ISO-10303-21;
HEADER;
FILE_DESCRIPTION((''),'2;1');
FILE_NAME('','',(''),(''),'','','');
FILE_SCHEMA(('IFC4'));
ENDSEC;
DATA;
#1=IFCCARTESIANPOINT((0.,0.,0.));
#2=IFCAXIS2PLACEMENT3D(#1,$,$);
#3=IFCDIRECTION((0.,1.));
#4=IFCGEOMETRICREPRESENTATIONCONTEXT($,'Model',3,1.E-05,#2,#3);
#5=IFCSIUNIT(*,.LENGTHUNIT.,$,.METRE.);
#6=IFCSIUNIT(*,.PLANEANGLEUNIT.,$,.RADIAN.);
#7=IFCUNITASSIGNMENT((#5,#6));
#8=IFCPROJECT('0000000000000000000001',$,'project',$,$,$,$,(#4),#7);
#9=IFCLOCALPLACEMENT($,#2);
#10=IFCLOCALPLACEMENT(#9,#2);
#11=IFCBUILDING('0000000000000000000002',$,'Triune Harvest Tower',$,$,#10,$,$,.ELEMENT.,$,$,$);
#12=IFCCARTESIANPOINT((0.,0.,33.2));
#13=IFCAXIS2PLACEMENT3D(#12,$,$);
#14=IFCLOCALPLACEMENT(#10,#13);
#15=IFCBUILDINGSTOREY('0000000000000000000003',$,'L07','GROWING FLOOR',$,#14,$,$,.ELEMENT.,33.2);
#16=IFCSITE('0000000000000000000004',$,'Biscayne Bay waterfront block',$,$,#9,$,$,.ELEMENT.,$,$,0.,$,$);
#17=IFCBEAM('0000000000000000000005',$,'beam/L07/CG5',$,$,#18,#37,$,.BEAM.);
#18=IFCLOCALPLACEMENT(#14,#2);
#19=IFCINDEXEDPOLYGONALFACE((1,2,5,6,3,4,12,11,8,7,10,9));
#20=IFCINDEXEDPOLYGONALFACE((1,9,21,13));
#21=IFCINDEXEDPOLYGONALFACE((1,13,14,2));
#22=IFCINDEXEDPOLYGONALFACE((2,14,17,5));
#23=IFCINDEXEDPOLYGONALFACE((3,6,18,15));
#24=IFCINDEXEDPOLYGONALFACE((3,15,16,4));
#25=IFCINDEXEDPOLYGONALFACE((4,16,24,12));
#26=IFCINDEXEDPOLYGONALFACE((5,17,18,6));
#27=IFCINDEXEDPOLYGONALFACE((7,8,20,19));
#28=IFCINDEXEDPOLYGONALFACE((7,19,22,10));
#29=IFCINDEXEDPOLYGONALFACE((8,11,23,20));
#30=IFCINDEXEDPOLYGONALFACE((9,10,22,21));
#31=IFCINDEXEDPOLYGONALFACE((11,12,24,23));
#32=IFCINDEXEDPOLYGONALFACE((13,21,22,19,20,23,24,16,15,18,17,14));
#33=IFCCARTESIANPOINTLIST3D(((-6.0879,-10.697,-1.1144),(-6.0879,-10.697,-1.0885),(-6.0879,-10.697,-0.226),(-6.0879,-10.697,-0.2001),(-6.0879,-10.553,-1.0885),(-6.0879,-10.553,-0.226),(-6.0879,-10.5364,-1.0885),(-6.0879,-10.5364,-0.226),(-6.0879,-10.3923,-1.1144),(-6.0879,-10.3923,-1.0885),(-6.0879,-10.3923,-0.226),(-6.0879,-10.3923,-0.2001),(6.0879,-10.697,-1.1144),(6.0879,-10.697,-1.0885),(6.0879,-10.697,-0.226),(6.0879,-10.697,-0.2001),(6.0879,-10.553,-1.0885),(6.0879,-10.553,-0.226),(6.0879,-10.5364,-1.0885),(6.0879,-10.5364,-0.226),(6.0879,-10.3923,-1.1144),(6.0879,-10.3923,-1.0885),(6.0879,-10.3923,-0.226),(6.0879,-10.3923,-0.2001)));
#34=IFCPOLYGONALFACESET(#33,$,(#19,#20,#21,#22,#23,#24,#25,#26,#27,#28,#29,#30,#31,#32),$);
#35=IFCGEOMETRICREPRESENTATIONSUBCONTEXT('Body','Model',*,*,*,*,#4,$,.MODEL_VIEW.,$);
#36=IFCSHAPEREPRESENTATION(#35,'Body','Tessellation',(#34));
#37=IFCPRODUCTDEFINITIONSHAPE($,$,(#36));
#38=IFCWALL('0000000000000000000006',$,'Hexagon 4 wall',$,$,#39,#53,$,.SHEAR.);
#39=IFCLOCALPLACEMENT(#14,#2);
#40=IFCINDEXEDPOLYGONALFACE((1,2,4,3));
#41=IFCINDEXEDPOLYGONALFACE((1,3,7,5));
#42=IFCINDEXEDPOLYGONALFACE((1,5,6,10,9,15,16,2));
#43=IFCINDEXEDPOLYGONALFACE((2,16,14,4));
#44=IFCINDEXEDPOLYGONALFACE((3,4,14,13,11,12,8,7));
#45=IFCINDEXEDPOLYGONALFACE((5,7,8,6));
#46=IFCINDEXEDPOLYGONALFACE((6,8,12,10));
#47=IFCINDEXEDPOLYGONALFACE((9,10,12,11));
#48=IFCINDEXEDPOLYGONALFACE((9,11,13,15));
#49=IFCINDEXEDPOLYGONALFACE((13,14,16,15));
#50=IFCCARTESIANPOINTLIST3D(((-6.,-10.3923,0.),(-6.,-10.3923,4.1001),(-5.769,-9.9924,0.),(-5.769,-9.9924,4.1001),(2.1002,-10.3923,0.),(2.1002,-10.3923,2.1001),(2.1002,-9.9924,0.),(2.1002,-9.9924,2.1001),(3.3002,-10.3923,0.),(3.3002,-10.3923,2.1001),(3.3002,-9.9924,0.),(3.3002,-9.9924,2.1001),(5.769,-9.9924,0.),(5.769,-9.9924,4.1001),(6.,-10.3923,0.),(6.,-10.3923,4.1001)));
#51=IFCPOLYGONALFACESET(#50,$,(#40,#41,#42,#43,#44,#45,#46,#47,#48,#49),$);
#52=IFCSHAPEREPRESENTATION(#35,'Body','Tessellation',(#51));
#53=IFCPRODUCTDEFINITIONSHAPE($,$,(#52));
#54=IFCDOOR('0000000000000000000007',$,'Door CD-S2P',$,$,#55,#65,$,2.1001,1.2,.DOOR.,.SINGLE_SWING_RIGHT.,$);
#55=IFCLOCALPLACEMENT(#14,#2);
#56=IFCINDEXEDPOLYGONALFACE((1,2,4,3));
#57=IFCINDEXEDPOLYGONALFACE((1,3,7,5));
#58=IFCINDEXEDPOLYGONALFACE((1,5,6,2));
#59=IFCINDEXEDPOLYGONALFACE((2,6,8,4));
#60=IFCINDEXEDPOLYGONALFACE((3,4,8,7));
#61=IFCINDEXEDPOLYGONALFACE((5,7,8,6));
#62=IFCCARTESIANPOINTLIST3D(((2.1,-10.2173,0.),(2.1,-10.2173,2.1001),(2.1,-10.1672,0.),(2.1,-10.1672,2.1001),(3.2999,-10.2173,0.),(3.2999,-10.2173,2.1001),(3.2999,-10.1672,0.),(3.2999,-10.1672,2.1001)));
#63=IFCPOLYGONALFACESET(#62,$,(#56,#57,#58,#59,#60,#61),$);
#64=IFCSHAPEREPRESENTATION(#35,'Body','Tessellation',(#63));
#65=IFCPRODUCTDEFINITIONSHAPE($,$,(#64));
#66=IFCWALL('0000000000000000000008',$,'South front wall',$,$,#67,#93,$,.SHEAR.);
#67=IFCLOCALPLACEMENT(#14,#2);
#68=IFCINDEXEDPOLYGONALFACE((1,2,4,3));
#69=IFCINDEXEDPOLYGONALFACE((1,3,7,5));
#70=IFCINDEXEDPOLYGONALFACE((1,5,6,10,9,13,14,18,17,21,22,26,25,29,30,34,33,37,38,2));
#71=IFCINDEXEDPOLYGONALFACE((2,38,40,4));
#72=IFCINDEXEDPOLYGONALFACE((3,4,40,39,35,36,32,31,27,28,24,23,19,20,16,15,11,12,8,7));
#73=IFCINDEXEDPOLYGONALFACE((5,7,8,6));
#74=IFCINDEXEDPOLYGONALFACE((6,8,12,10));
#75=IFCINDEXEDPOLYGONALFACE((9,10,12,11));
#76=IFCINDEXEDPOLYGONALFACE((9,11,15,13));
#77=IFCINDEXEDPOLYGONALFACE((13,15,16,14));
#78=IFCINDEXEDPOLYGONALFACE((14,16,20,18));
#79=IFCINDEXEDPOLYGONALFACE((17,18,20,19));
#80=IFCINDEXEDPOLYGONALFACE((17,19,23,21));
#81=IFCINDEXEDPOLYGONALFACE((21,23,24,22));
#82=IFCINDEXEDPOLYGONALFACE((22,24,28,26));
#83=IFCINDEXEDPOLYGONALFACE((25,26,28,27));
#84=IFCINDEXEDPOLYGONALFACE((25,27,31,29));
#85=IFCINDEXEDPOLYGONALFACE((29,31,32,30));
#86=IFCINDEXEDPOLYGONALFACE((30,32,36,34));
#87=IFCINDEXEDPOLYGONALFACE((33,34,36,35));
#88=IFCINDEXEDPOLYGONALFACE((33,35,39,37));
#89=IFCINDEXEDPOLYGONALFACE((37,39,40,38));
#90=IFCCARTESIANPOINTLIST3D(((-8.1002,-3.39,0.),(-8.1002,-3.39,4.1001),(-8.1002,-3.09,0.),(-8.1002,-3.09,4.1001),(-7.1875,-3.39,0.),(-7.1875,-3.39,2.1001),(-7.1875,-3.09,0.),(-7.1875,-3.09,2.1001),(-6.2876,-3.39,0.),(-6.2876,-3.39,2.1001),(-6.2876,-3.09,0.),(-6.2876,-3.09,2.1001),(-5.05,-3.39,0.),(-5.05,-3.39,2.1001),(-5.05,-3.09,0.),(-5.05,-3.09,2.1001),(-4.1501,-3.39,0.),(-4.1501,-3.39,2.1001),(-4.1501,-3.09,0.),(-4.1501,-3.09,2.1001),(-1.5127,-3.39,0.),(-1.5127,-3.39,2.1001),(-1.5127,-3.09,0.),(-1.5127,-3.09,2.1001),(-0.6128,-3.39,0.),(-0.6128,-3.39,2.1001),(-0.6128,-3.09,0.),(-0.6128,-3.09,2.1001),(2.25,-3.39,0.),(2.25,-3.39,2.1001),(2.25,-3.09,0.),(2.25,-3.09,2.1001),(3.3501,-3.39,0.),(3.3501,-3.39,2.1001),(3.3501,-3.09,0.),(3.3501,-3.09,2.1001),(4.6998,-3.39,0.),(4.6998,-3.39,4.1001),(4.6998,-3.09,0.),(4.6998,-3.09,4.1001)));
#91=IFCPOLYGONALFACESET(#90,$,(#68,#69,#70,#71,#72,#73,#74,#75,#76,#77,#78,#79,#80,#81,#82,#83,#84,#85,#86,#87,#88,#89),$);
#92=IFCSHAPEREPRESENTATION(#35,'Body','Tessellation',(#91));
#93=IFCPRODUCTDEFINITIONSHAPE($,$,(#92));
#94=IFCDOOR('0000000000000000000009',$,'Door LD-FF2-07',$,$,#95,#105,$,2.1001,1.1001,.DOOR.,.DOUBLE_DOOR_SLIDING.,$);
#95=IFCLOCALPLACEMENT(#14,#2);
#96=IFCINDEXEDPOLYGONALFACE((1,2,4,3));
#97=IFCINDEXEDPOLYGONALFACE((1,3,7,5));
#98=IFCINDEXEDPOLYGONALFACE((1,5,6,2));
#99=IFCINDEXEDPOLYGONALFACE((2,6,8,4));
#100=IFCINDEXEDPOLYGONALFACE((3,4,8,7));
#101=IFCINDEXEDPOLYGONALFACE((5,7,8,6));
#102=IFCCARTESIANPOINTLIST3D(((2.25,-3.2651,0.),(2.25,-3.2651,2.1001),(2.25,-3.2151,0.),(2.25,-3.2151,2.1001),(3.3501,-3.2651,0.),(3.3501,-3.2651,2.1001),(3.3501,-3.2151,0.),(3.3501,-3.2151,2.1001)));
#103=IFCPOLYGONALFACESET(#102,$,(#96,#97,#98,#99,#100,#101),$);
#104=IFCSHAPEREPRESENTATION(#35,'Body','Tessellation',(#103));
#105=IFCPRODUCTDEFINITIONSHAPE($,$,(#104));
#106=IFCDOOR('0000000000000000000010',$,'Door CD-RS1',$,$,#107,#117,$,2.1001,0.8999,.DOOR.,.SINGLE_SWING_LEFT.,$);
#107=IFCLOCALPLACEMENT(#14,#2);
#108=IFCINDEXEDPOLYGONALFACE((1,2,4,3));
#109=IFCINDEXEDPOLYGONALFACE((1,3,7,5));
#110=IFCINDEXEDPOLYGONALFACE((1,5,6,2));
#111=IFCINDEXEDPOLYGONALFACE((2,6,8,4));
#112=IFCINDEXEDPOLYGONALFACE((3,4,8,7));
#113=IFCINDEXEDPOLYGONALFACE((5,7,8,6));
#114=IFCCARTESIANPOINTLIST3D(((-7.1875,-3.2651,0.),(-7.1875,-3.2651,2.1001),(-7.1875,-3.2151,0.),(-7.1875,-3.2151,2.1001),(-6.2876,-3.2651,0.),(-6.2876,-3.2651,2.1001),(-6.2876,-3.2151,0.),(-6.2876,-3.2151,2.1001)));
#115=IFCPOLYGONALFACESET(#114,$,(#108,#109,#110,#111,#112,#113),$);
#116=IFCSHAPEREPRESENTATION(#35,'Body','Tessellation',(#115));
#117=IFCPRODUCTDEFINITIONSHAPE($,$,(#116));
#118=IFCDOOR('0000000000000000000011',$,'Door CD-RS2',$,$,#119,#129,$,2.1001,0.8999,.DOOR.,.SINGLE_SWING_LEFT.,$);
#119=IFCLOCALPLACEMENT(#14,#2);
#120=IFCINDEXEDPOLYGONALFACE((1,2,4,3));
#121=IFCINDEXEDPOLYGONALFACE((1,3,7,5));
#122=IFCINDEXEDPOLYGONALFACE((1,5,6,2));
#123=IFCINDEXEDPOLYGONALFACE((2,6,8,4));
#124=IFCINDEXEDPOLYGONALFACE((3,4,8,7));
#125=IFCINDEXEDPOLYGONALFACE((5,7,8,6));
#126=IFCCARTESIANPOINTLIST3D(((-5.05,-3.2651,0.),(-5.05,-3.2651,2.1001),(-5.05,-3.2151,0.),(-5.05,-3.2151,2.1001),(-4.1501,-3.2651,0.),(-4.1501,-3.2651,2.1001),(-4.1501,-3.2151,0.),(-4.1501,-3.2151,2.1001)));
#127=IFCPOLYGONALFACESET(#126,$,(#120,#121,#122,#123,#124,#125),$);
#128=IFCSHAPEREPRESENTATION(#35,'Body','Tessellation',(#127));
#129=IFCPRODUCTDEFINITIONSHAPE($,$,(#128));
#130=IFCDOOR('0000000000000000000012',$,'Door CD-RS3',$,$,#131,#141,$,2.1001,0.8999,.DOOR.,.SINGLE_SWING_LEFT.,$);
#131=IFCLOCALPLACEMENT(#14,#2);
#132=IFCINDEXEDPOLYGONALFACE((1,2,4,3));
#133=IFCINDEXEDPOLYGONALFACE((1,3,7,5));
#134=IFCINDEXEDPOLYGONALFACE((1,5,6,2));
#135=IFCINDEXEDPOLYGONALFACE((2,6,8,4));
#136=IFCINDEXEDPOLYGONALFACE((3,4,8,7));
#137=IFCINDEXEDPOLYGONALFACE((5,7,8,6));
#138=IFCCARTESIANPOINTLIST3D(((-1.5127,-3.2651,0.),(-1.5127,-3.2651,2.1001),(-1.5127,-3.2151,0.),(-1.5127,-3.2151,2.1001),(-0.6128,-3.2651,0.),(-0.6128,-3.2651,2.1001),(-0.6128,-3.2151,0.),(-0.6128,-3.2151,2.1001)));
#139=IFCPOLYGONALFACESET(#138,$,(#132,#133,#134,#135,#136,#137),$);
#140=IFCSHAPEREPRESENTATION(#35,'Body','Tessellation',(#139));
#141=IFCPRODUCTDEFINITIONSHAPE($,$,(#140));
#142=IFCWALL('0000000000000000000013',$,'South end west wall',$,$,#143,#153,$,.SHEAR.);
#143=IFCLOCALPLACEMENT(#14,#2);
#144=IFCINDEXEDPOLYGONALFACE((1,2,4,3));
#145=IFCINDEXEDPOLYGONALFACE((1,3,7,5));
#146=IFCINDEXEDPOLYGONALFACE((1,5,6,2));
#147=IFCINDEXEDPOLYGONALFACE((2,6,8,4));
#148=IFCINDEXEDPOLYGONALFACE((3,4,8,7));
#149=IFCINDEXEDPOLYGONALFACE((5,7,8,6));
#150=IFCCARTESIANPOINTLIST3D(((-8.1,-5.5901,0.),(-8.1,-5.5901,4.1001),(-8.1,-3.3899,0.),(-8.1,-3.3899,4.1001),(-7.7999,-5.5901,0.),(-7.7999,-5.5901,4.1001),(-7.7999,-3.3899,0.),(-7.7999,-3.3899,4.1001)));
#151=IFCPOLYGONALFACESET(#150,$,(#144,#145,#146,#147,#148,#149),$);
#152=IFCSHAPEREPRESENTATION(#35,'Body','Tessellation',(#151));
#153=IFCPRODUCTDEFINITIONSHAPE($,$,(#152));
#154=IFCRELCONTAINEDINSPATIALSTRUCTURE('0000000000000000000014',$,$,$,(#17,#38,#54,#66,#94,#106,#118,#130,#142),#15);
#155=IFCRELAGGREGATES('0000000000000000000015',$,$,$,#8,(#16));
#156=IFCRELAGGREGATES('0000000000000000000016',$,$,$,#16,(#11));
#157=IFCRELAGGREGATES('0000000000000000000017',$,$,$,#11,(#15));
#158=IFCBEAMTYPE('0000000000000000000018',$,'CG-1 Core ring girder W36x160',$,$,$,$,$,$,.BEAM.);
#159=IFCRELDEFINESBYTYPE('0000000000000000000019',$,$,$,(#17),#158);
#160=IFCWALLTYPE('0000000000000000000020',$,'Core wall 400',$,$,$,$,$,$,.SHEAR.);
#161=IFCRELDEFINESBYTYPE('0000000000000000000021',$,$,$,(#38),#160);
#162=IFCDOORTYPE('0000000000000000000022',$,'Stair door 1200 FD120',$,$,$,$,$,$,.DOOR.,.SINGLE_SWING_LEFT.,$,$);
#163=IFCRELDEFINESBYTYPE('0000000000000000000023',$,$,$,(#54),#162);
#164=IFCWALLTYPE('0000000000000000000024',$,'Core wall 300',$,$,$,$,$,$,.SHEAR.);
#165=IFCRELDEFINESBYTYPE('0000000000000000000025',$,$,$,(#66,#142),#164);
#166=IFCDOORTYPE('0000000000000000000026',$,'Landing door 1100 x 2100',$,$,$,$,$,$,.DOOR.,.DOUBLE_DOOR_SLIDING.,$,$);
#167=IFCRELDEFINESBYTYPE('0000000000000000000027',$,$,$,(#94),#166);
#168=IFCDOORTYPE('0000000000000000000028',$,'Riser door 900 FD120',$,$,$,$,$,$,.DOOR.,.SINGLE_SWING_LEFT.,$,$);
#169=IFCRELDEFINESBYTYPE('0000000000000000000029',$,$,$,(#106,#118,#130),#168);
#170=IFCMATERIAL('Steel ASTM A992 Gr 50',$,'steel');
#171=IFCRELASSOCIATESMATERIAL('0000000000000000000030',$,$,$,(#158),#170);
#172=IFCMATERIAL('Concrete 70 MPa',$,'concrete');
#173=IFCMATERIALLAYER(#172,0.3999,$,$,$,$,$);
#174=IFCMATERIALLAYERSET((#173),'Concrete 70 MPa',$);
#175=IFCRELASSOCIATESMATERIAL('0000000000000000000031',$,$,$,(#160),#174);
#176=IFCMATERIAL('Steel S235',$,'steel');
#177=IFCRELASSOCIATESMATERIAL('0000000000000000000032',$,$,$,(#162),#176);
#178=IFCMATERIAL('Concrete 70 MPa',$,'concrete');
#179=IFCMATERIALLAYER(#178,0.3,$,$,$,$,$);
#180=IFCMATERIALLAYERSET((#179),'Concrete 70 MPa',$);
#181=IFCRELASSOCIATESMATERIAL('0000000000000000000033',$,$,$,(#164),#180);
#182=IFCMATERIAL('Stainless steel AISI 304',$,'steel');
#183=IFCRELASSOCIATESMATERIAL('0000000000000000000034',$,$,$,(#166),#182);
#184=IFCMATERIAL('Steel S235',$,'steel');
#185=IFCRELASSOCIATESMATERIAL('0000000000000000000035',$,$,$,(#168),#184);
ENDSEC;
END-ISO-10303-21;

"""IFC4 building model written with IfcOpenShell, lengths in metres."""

from ifc_helpers import new_model, si_unit, direction, frame, frame_2d, origin, origin_2d, place, context, subcontext, project, spatial, polyline, rectangle, i_section, outline, extrude, source, transform, mapped, material, layer, layer_set, material_profile, profile_set, type_object, element, fill, save


model = new_model("IFC4")

# Units and contexts
model_context = context("Model", 3, precision=1e-05, world=origin(), true_north=direction((0.0, 1.0)))
body_context = subcontext(model_context, "Body", "Model", "MODEL_VIEW")
ifc_project = project(units=[si_unit("LENGTHUNIT", "METRE"), si_unit("PLANEANGLEUNIT", "RADIAN")], contexts=[model_context])

# Site, building, storey
site_placement = place(None, origin())
site = spatial("IfcSite", under=ifc_project, at=site_placement, Name="Biscayne Bay waterfront block", CompositionType="ELEMENT", RefElevation=0.0)
building_placement = place(site_placement, origin())
building = spatial("IfcBuilding", under=site, at=building_placement, Name="Triune Harvest Tower", CompositionType="ELEMENT")
storey_placement = place(building_placement, frame((0.0, 0.0, 33.2)))
storey = spatial("IfcBuildingStorey", under=building, at=storey_placement, Name="L07", Description="GROWING FLOOR", CompositionType="ELEMENT", Elevation=33.2)

# Beam
ifc_material_1 = material(Name="Steel ASTM A992 Gr 50", Category="steel")
ifc_material_profile = material_profile(ifc_material_1, i_section(OverallWidth=0.3047, OverallDepth=0.9143, WebThickness=0.0166, FlangeThickness=0.0259, at=origin_2d()), Name="W36x160")
ifc_profile_set = profile_set([ifc_material_profile], Name="Steel ASTM A992 Gr 50")
beam_type = type_object("IfcBeamType", Name="CG-1 Core ring girder W36x160", PredefinedType="BEAM", material=ifc_profile_set)
shared_shape_1 = source(origin(), body_context, "Body", "SweptSolid", [
    extrude(i_section(OverallWidth=0.3047, OverallDepth=0.9143, WebThickness=0.0166, FlangeThickness=0.0259, at=origin_2d()), origin(), (0.0, 0.0, 1.0), 12.1758),
])
beam_placement = place(storey_placement, frame((-6.0879, -10.5447, -0.6572), z_axis=(1.0, 0.0, 0.0), x_axis=(0.0, 1.0, 0.0)))
element("IfcBeam", 1, at=beam_placement, inside=storey, type_object=beam_type, Name="beam/L07/CG5", PredefinedType="BEAM", context=body_context, shape_type="MappedRepresentation", body=[
    mapped(shared_shape_1, transform((0.0, 0.0, 0.0), scale=1.0)),
])

# Wall, opening, door
ifc_material_2 = material(Name="Concrete 70 MPa", Category="concrete")
ifc_layer_1 = layer(ifc_material_2, 0.3999)
ifc_layer_set_1 = layer_set([ifc_layer_1], Name="Concrete 70 MPa")
wall_type_1 = type_object("IfcWallType", Name="Core wall 400", PredefinedType="SHEAR", material=ifc_layer_set_1)
shared_shape_2 = source(origin(), body_context, "Body", "SweptSolid", [
    extrude(outline(polyline([(-0.1155, -0.2), (11.8845, -0.2), (11.6536, 0.2), (0.1155, 0.2), (-0.1155, -0.2)])), origin(), (0.0, 0.0, 1.0), 4.1001),
])
wall_1_placement = place(storey_placement, frame((-5.8845, -10.1924, 0.0), z_axis=(0.0, 0.0, 1.0), x_axis=(1.0, 0.0, 0.0)))
wall_1 = element("IfcWall", 2, at=wall_1_placement, inside=storey, type_object=wall_type_1, Name="Hexagon 4 wall", PredefinedType="SHEAR", context=body_context, shape_type="MappedRepresentation", body=[
    mapped(shared_shape_2, transform((0.0, 0.0, 0.0), scale=1.0)),
])
opening_1_placement = place(wall_1_placement, frame((7.9846, 0.0, 0.0)))
opening_1 = element("IfcOpeningElement", 3, at=opening_1_placement, cuts=wall_1, PredefinedType="OPENING", context=body_context, shape_type="SweptSolid", body=[
    extrude(rectangle(XDim=1.2, YDim=2.1001, at=frame_2d((0.6001, 1.05))), frame((0.0, 0.21, 0.0), z_axis=(0.0, -1.0, 0.0), x_axis=(1.0, 0.0, 0.0)), (0.0, 0.0, 1.0), 0.4199),
])
ifc_material_3 = material(Name="Steel S235", Category="steel")
door_type_1 = type_object("IfcDoorType", Name="Stair door 1200 FD120", OperationType="SINGLE_SWING_LEFT", PredefinedType="DOOR", material=ifc_material_3)
door_1_placement = place(opening_1_placement, frame((1.2, 0.0, 0.0), z_axis=(0.0, 0.0, 1.0), x_axis=(-1.0, 0.0, 0.0)))
door_1 = element("IfcDoor", 4, at=door_1_placement, inside=storey, type_object=door_type_1, Name="Door CD-S2P", OperationType="SINGLE_SWING_RIGHT", OverallHeight=2.1001, OverallWidth=1.2, PredefinedType="DOOR", context=body_context, shape_type="SweptSolid", body=[
    extrude(rectangle(XDim=1.2, YDim=2.1001, at=frame_2d((0.6001, 1.05))), frame((0.0, 0.0249, 0.0), z_axis=(0.0, -1.0, 0.0), x_axis=(1.0, 0.0, 0.0)), (0.0, 0.0, 1.0), 0.05),
])
fill(opening_1, door_1)

# Wall, openings, doors
ifc_material_4 = material(Name="Concrete 70 MPa", Category="concrete")
ifc_layer_2 = layer(ifc_material_4, 0.3)
ifc_layer_set_2 = layer_set([ifc_layer_2], Name="Concrete 70 MPa")
wall_type_2 = type_object("IfcWallType", Name="Core wall 300", PredefinedType="SHEAR", material=ifc_layer_set_2)
shared_shape_3 = source(origin(), body_context, "Body", "SweptSolid", [
    extrude(rectangle(XDim=12.8, YDim=0.3, at=frame_2d((6.3999, 0.0))), origin(), (0.0, 0.0, 1.0), 4.1001),
])
wall_2_placement = place(storey_placement, frame((-8.1001, -3.24, 0.0), z_axis=(0.0, 0.0, 1.0), x_axis=(1.0, 0.0, 0.0)))
wall_2 = element("IfcWall", 5, at=wall_2_placement, inside=storey, type_object=wall_type_2, Name="South front wall", PredefinedType="SHEAR", context=body_context, shape_type="MappedRepresentation", body=[
    mapped(shared_shape_3, transform((0.0, 0.0, 0.0), scale=1.0)),
])
opening_2_placement = place(wall_2_placement, frame((0.9126, 0.0, 0.0)))
opening_2 = element("IfcOpeningElement", 6, at=opening_2_placement, cuts=wall_2, PredefinedType="OPENING", context=body_context, shape_type="SweptSolid", body=[
    extrude(rectangle(XDim=0.8999, YDim=2.1001, at=frame_2d((0.45, 1.05))), frame((0.0, 0.1602, 0.0), z_axis=(0.0, -1.0, 0.0), x_axis=(1.0, 0.0, 0.0)), (0.0, 0.0, 1.0), 0.3201),
])
opening_3_placement = place(wall_2_placement, frame((3.05, 0.0, 0.0)))
opening_3 = element("IfcOpeningElement", 7, at=opening_3_placement, cuts=wall_2, PredefinedType="OPENING", context=body_context, shape_type="SweptSolid", body=[
    extrude(rectangle(XDim=0.8999, YDim=2.1001, at=frame_2d((0.45, 1.05))), frame((0.0, 0.1602, 0.0), z_axis=(0.0, -1.0, 0.0), x_axis=(1.0, 0.0, 0.0)), (0.0, 0.0, 1.0), 0.3201),
])
opening_4_placement = place(wall_2_placement, frame((6.5874, 0.0, 0.0)))
opening_4 = element("IfcOpeningElement", 8, at=opening_4_placement, cuts=wall_2, PredefinedType="OPENING", context=body_context, shape_type="SweptSolid", body=[
    extrude(rectangle(XDim=0.8999, YDim=2.1001, at=frame_2d((0.45, 1.05))), frame((0.0, 0.1602, 0.0), z_axis=(0.0, -1.0, 0.0), x_axis=(1.0, 0.0, 0.0)), (0.0, 0.0, 1.0), 0.3201),
])
opening_5_placement = place(wall_2_placement, frame((10.3501, 0.0, 0.0)))
opening_5 = element("IfcOpeningElement", 9, at=opening_5_placement, cuts=wall_2, PredefinedType="OPENING", context=body_context, shape_type="SweptSolid", body=[
    extrude(rectangle(XDim=1.1001, YDim=2.1001, at=frame_2d((0.55, 1.05))), frame((0.0, 0.1602, 0.0), z_axis=(0.0, -1.0, 0.0), x_axis=(1.0, 0.0, 0.0)), (0.0, 0.0, 1.0), 0.3201),
])
ifc_material_5 = material(Name="Stainless steel AISI 304", Category="steel")
door_type_2 = type_object("IfcDoorType", Name="Landing door 1100 x 2100", OperationType="DOUBLE_DOOR_SLIDING", PredefinedType="DOOR", material=ifc_material_5)
door_2_placement = place(opening_5_placement, origin())
door_2 = element("IfcDoor", 10, at=door_2_placement, inside=storey, type_object=door_type_2, Name="Door LD-FF2-07", OperationType="DOUBLE_DOOR_SLIDING", OverallHeight=2.1001, OverallWidth=1.1001, PredefinedType="DOOR", context=body_context, shape_type="SweptSolid", body=[
    extrude(rectangle(XDim=1.1001, YDim=2.1001, at=frame_2d((0.55, 1.05))), frame((0.0, 0.0249, 0.0), z_axis=(0.0, -1.0, 0.0), x_axis=(1.0, 0.0, 0.0)), (0.0, 0.0, 1.0), 0.05),
])
fill(opening_5, door_2)
ifc_material_6 = material(Name="Steel S235", Category="steel")
door_type_3 = type_object("IfcDoorType", Name="Riser door 900 FD120", OperationType="SINGLE_SWING_LEFT", PredefinedType="DOOR", material=ifc_material_6)
door_3_placement = place(opening_2_placement, origin())
door_3 = element("IfcDoor", 11, at=door_3_placement, inside=storey, type_object=door_type_3, Name="Door CD-RS1", OperationType="SINGLE_SWING_LEFT", OverallHeight=2.1001, OverallWidth=0.8999, PredefinedType="DOOR", context=body_context, shape_type="SweptSolid", body=[
    extrude(rectangle(XDim=0.8999, YDim=2.1001, at=frame_2d((0.45, 1.05))), frame((0.0, 0.0249, 0.0), z_axis=(0.0, -1.0, 0.0), x_axis=(1.0, 0.0, 0.0)), (0.0, 0.0, 1.0), 0.05),
])
fill(opening_2, door_3)
door_4_placement = place(opening_3_placement, origin())
door_4 = element("IfcDoor", 12, at=door_4_placement, inside=storey, type_object=door_type_3, Name="Door CD-RS2", OperationType="SINGLE_SWING_LEFT", OverallHeight=2.1001, OverallWidth=0.8999, PredefinedType="DOOR", context=body_context, shape_type="SweptSolid", body=[
    extrude(rectangle(XDim=0.8999, YDim=2.1001, at=frame_2d((0.45, 1.05))), frame((0.0, 0.0249, 0.0), z_axis=(0.0, -1.0, 0.0), x_axis=(1.0, 0.0, 0.0)), (0.0, 0.0, 1.0), 0.05),
])
fill(opening_3, door_4)
door_5_placement = place(opening_4_placement, origin())
door_5 = element("IfcDoor", 13, at=door_5_placement, inside=storey, type_object=door_type_3, Name="Door CD-RS3", OperationType="SINGLE_SWING_LEFT", OverallHeight=2.1001, OverallWidth=0.8999, PredefinedType="DOOR", context=body_context, shape_type="SweptSolid", body=[
    extrude(rectangle(XDim=0.8999, YDim=2.1001, at=frame_2d((0.45, 1.05))), frame((0.0, 0.0249, 0.0), z_axis=(0.0, -1.0, 0.0), x_axis=(1.0, 0.0, 0.0)), (0.0, 0.0, 1.0), 0.05),
])
fill(opening_4, door_5)

# Wall
shared_shape_4 = source(origin(), body_context, "Body", "SweptSolid", [
    extrude(rectangle(XDim=2.2002, YDim=0.3, at=frame_2d((1.1001, 0.0))), origin(), (0.0, 0.0, 1.0), 4.1001),
])
wall_3_placement = place(storey_placement, frame((-7.95, -5.5901, 0.0), z_axis=(0.0, 0.0, 1.0), x_axis=(0.0, 1.0, 0.0)))
element("IfcWall", 14, at=wall_3_placement, inside=storey, type_object=wall_type_2, Name="South end west wall", PredefinedType="SHEAR", context=body_context, shape_type="MappedRepresentation", body=[
    mapped(shared_shape_4, transform((0.0, 0.0, 0.0), scale=1.0)),
])

save(model, "model.ifc")
